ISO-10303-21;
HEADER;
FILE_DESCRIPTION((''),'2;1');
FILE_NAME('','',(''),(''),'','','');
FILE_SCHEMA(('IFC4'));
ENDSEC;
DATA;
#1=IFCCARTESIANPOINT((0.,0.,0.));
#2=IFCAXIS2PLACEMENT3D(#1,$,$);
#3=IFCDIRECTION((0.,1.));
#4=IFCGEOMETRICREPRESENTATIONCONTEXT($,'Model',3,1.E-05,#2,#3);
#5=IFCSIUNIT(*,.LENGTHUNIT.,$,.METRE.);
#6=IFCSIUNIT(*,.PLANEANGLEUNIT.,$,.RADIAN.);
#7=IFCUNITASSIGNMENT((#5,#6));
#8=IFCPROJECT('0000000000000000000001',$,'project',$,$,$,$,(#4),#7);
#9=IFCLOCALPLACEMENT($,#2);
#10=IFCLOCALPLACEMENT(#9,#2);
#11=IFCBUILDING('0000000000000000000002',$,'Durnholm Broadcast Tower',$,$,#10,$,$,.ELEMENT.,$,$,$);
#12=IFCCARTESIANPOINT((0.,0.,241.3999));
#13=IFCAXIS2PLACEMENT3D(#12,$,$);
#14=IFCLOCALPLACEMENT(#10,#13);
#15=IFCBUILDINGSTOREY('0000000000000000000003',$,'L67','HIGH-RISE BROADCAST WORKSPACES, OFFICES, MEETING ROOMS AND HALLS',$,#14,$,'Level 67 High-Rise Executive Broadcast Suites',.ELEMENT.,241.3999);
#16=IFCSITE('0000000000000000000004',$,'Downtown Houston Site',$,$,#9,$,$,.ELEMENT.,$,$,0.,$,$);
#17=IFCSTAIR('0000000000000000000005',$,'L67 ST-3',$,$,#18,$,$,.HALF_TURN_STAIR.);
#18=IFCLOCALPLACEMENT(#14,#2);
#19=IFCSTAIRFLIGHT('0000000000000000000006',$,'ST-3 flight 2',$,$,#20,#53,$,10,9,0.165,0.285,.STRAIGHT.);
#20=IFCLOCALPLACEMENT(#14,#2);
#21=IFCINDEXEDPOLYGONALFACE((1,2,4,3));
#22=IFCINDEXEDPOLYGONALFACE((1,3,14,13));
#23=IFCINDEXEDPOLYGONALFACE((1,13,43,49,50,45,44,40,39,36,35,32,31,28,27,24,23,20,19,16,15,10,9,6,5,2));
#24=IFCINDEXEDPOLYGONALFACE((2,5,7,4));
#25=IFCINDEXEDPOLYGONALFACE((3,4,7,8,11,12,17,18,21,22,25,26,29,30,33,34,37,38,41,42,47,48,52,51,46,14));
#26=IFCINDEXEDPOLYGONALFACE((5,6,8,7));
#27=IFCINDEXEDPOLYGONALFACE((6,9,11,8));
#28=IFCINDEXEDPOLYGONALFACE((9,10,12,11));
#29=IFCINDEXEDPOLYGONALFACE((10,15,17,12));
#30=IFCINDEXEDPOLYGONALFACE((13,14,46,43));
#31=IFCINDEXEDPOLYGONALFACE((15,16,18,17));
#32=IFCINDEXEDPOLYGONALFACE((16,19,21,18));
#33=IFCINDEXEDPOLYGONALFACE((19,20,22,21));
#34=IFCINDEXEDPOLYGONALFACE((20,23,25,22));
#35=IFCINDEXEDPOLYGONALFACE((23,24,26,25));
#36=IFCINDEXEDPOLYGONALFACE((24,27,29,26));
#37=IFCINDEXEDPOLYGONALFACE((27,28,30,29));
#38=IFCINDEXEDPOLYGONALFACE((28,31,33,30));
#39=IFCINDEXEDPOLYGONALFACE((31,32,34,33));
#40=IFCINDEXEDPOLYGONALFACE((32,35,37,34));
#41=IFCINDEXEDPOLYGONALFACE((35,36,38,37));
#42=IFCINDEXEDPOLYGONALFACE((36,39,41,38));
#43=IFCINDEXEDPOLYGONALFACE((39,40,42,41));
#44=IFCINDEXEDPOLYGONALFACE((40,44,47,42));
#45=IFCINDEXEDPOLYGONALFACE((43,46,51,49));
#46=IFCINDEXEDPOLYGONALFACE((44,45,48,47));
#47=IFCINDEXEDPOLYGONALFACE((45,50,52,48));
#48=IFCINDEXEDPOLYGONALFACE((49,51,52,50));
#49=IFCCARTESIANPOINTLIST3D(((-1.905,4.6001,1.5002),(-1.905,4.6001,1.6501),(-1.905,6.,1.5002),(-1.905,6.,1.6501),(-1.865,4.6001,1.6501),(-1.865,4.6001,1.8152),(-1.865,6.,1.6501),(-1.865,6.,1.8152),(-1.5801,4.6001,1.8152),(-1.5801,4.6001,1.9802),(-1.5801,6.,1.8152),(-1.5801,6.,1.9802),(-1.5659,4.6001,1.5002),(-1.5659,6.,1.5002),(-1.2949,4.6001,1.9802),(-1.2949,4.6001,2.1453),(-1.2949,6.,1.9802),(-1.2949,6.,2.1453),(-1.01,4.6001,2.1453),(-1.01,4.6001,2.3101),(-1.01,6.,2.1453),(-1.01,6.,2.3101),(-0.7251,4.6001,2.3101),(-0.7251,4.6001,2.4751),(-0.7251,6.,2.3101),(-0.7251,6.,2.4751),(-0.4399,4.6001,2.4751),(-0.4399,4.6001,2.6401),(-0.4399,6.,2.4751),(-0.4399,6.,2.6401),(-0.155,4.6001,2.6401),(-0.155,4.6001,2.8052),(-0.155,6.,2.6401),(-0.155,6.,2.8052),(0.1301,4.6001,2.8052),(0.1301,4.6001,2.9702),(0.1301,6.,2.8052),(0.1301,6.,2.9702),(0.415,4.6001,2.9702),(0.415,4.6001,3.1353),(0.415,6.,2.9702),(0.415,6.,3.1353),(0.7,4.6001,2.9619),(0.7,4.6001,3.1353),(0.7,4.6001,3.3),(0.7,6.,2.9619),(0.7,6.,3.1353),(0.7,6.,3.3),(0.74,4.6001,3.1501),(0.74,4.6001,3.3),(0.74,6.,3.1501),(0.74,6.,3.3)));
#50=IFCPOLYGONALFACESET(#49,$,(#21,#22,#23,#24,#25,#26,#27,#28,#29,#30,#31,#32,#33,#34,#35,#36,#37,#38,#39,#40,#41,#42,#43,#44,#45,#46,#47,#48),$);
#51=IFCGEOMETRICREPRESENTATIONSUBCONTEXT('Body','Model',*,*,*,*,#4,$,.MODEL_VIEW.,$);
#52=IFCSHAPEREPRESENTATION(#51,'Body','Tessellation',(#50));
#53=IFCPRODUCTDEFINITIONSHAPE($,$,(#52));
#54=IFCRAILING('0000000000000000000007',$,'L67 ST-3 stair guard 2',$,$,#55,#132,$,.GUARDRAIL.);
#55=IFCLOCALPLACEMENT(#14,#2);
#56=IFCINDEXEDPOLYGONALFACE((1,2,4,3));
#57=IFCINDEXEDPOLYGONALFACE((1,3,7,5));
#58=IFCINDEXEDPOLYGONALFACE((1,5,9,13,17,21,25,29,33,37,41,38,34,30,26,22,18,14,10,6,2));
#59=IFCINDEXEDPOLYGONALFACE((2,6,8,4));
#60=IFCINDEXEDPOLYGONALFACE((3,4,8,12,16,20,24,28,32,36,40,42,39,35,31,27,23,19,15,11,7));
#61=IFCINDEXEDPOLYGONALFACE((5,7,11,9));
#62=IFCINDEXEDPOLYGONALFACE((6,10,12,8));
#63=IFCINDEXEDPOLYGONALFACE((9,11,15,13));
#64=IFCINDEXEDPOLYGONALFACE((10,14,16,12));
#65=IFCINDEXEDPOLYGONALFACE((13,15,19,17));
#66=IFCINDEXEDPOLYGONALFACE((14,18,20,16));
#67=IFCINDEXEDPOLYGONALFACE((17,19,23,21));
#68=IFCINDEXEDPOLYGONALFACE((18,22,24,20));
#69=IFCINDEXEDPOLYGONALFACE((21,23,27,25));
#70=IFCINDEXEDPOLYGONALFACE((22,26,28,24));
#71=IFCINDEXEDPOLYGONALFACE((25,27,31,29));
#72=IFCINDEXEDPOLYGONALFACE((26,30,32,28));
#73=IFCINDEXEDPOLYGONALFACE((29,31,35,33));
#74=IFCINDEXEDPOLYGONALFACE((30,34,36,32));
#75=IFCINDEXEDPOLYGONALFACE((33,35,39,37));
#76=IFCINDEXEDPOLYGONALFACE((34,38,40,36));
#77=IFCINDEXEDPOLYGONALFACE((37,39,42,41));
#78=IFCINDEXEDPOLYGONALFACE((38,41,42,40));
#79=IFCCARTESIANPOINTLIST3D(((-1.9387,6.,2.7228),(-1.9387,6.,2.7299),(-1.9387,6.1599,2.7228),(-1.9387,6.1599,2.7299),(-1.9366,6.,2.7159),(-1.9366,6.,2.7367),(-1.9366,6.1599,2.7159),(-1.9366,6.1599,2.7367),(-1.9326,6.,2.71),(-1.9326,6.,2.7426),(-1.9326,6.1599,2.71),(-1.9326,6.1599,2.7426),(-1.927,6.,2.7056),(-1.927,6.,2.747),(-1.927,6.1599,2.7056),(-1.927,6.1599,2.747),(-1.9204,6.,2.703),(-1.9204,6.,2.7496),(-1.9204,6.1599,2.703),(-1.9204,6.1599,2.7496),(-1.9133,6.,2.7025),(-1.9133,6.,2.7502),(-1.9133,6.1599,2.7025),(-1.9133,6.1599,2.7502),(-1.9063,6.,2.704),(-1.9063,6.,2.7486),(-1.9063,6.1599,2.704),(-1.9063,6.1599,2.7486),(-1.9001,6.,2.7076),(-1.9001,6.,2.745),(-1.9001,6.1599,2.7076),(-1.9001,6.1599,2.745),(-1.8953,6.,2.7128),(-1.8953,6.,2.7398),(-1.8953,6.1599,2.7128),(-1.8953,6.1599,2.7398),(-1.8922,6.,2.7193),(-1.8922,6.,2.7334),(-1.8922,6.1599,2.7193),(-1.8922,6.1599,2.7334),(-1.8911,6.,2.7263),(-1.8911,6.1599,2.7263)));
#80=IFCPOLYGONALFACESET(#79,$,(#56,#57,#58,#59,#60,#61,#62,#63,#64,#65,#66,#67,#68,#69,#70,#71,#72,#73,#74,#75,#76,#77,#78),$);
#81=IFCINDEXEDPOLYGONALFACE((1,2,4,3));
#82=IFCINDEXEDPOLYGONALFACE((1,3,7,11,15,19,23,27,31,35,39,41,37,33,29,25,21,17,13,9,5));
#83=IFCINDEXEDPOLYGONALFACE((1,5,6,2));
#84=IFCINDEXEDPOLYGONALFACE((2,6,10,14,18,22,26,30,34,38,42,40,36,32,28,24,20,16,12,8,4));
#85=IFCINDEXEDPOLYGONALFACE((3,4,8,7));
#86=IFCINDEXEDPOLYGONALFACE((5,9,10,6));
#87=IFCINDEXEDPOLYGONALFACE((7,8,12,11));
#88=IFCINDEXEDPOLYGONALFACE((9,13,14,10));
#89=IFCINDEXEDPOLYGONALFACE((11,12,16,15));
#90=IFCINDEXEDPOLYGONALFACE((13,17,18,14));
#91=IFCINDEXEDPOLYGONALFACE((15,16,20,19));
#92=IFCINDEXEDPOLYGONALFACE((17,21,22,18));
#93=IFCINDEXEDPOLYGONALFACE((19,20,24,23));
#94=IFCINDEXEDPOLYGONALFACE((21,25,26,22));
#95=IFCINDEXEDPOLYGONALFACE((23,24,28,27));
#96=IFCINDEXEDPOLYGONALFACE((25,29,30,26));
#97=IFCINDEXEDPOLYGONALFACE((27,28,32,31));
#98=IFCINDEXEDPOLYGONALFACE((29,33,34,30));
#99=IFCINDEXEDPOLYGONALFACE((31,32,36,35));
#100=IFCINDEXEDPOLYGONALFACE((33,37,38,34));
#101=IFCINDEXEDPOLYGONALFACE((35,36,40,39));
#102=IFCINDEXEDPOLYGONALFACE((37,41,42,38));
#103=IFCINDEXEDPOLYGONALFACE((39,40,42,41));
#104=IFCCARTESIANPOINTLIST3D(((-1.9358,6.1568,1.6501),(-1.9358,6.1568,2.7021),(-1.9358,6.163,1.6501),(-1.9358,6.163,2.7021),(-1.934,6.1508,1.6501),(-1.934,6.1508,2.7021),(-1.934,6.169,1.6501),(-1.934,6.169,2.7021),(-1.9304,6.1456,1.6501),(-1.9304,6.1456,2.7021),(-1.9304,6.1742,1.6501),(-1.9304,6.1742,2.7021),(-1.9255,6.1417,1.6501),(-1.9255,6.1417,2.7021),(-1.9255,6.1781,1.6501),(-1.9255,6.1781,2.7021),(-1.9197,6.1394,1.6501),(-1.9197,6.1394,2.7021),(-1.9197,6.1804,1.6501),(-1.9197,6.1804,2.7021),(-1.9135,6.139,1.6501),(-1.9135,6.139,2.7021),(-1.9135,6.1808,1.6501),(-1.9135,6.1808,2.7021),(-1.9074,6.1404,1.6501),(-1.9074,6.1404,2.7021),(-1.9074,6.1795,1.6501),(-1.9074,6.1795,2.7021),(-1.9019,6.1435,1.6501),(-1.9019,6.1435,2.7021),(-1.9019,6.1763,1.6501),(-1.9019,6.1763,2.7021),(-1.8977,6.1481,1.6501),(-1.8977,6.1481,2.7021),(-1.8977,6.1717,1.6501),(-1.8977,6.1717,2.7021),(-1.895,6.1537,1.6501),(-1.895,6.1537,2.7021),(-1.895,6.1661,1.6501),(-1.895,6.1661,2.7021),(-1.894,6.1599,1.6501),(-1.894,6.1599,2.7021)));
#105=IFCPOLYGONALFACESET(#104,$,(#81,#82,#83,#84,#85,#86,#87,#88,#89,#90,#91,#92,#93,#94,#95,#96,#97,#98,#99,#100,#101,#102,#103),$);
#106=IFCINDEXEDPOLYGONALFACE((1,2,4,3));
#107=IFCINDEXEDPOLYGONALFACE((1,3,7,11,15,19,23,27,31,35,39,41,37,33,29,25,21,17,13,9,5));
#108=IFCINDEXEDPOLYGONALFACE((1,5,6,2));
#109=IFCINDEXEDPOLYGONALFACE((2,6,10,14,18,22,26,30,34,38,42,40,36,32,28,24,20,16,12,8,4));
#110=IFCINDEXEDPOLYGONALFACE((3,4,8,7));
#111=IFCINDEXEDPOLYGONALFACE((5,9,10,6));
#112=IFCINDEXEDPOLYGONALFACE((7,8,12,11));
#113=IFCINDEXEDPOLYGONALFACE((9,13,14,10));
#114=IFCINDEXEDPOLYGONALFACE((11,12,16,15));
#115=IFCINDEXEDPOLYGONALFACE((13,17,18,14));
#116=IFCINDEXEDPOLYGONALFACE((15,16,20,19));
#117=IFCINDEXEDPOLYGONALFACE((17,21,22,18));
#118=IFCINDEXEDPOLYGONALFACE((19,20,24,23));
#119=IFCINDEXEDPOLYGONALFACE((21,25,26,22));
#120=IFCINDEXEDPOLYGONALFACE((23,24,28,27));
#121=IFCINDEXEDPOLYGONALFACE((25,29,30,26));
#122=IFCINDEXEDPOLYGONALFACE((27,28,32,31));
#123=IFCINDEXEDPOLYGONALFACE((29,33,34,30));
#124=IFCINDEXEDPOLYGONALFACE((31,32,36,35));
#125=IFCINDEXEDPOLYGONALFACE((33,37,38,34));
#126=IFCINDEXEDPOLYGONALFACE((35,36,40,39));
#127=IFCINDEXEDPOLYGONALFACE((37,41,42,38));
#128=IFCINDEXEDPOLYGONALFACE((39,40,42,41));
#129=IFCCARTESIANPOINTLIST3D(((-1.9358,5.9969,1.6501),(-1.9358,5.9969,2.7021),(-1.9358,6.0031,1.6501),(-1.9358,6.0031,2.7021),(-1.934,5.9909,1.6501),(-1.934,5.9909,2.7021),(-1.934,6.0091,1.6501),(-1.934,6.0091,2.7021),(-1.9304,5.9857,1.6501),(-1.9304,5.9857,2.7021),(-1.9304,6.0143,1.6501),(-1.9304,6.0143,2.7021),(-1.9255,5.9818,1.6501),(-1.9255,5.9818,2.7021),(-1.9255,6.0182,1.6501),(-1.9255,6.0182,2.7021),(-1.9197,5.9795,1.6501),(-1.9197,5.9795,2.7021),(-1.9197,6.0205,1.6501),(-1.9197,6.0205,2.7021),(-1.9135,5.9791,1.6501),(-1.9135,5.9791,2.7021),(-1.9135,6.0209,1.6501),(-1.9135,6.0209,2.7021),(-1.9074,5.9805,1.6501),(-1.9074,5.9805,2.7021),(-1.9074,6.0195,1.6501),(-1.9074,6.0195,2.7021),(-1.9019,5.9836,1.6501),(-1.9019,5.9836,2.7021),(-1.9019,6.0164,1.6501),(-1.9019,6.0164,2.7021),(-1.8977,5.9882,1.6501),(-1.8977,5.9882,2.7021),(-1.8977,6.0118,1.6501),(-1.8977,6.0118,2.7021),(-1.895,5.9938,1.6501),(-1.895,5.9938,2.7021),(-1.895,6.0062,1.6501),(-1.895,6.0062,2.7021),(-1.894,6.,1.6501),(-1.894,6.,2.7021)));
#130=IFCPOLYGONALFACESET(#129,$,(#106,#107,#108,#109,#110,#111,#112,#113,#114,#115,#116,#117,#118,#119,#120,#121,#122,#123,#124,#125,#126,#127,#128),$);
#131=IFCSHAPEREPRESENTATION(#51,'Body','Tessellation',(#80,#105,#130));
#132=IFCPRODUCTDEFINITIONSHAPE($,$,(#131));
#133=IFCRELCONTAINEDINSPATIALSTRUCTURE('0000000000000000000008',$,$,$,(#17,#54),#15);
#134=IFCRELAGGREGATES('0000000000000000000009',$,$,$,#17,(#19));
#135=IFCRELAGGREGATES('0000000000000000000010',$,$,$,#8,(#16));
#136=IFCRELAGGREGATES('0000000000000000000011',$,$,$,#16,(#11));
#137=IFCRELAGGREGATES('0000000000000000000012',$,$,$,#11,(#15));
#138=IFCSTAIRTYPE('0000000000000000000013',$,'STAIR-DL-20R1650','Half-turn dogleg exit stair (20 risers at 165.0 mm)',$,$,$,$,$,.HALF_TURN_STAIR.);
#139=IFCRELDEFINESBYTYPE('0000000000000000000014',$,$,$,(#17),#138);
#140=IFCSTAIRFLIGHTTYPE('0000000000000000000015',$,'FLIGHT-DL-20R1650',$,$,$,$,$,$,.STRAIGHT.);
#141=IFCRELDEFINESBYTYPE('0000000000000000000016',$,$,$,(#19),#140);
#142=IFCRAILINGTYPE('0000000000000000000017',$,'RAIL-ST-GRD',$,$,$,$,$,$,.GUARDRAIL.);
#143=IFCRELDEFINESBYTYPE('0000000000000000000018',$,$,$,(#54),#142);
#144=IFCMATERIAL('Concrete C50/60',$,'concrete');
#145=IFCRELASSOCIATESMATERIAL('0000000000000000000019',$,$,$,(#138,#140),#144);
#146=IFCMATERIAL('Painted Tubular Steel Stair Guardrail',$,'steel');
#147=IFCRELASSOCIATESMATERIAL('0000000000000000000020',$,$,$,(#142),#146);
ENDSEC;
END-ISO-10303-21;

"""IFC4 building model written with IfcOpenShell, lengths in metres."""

from ifc_helpers import new_model, si_unit, direction, frame, origin, origin_2d, place, context, subcontext, project, spatial, polyline, circle, outline, extrude, material, type_object, element, aggregate, save


model = new_model("IFC4")

# Units and contexts
model_context = context("Model", 3, precision=1e-05, world=origin(), true_north=direction((0.0, 1.0)))
body_context = subcontext(model_context, "Body", "Model", "MODEL_VIEW")
ifc_project = project(units=[si_unit("LENGTHUNIT", "METRE"), si_unit("PLANEANGLEUNIT", "RADIAN")], contexts=[model_context])

# Site, building, storey
site_placement = place(None, origin())
site = spatial("IfcSite", under=ifc_project, at=site_placement, Name="Downtown Houston Site", CompositionType="ELEMENT", RefElevation=0.0)
building_placement = place(site_placement, origin())
building = spatial("IfcBuilding", under=site, at=building_placement, Name="Durnholm Broadcast Tower", CompositionType="ELEMENT")
storey_placement = place(building_placement, frame((0.0, 0.0, 241.3999)))
storey = spatial("IfcBuildingStorey", under=building, at=storey_placement, Name="L67", Description="HIGH-RISE BROADCAST WORKSPACES, OFFICES, MEETING ROOMS AND HALLS", LongName="Level 67 High-Rise Executive Broadcast Suites", CompositionType="ELEMENT", Elevation=241.3999)

# Shared definitions
ifc_material_1 = material(Name="Concrete C50/60", Category="concrete")

# Stair, stair flight
stair_type = type_object("IfcStairType", Name="STAIR-DL-20R1650", Description="Half-turn dogleg exit stair (20 risers at 165.0 mm)", PredefinedType="HALF_TURN_STAIR", material=ifc_material_1)
stair_placement = place(storey_placement, origin())
stair = element("IfcStair", 1, at=stair_placement, inside=storey, type_object=stair_type, Name="L67 ST-3", PredefinedType="HALF_TURN_STAIR")
stair_flight_type = type_object("IfcStairFlightType", Name="FLIGHT-DL-20R1650", PredefinedType="STRAIGHT", material=ifc_material_1)
stair_flight_placement = place(storey_placement, frame((-1.865, 5.3, 1.6501), z_axis=(0.0, 0.0, 1.0), x_axis=(1.0, 0.0, 0.0)))
stair_flight = element("IfcStairFlight", 2, at=stair_flight_placement, type_object=stair_flight_type, Name="ST-3 flight 2", NumberOfRisers=10, NumberOfTreads=9, PredefinedType="STRAIGHT", RiserHeight=0.165, TreadLength=0.285, context=body_context, shape_type="SweptSolid", body=[
    extrude(outline(polyline([(-0.04, -0.1499), (-0.04, 0.0), (0.0, 0.0), (0.0, 0.165), (0.2849, 0.165), (0.2849, 0.3301), (0.5701, 0.3301), (0.5701, 0.4951), (0.855, 0.4951), (0.855, 0.6599), (1.1399, 0.6599), (1.1399, 0.825), (1.425, 0.825), (1.425, 0.99), (1.71, 0.99), (1.71, 1.155), (1.9951, 1.155), (1.9951, 1.3201), (2.28, 1.3201), (2.28, 1.4851), (2.5649, 1.4851), (2.5649, 1.6499), (2.605, 1.6499), (2.605, 1.5), (2.5649, 1.3118), (0.2991, -0.1499), (-0.04, -0.1499)])), frame((0.0, 0.7, 0.0), z_axis=(0.0, -1.0, 0.0), x_axis=(1.0, 0.0, 0.0)), (0.0, 0.0, 1.0), 1.3999),
])
aggregate(stair, [stair_flight])

# Railing
ifc_material_2 = material(Name="Painted Tubular Steel Stair Guardrail", Category="steel")
railing_type_1 = type_object("IfcRailingType", Name="RAIL-ST-GRD", PredefinedType="GUARDRAIL", material=ifc_material_2)
railing_1_placement = place(storey_placement, frame((-1.915, 6.1599, 1.6501)))
element("IfcRailing", 3, at=railing_1_placement, inside=storey, type_object=railing_type_1, Name="L67 ST-3 stair guard 2", PredefinedType="GUARDRAIL", context=body_context, shape_type="SweptSolid", body=[
    extrude(circle(Radius=0.0239, at=origin_2d()), frame((0.0, 0.0, 1.0762), z_axis=(0.0, -1.0, 0.0), x_axis=(1.0, 0.0, 0.0)), (0.0, 0.0, 1.0), 0.1599),
    extrude(circle(Radius=0.021, at=origin_2d()), origin(), (0.0, 0.0, 1.0), 1.052),
    extrude(circle(Radius=0.021, at=origin_2d()), frame((0.0, -0.1599, 0.0)), (0.0, 0.0, 1.0), 1.052),
])

save(model, "model.ifc")
